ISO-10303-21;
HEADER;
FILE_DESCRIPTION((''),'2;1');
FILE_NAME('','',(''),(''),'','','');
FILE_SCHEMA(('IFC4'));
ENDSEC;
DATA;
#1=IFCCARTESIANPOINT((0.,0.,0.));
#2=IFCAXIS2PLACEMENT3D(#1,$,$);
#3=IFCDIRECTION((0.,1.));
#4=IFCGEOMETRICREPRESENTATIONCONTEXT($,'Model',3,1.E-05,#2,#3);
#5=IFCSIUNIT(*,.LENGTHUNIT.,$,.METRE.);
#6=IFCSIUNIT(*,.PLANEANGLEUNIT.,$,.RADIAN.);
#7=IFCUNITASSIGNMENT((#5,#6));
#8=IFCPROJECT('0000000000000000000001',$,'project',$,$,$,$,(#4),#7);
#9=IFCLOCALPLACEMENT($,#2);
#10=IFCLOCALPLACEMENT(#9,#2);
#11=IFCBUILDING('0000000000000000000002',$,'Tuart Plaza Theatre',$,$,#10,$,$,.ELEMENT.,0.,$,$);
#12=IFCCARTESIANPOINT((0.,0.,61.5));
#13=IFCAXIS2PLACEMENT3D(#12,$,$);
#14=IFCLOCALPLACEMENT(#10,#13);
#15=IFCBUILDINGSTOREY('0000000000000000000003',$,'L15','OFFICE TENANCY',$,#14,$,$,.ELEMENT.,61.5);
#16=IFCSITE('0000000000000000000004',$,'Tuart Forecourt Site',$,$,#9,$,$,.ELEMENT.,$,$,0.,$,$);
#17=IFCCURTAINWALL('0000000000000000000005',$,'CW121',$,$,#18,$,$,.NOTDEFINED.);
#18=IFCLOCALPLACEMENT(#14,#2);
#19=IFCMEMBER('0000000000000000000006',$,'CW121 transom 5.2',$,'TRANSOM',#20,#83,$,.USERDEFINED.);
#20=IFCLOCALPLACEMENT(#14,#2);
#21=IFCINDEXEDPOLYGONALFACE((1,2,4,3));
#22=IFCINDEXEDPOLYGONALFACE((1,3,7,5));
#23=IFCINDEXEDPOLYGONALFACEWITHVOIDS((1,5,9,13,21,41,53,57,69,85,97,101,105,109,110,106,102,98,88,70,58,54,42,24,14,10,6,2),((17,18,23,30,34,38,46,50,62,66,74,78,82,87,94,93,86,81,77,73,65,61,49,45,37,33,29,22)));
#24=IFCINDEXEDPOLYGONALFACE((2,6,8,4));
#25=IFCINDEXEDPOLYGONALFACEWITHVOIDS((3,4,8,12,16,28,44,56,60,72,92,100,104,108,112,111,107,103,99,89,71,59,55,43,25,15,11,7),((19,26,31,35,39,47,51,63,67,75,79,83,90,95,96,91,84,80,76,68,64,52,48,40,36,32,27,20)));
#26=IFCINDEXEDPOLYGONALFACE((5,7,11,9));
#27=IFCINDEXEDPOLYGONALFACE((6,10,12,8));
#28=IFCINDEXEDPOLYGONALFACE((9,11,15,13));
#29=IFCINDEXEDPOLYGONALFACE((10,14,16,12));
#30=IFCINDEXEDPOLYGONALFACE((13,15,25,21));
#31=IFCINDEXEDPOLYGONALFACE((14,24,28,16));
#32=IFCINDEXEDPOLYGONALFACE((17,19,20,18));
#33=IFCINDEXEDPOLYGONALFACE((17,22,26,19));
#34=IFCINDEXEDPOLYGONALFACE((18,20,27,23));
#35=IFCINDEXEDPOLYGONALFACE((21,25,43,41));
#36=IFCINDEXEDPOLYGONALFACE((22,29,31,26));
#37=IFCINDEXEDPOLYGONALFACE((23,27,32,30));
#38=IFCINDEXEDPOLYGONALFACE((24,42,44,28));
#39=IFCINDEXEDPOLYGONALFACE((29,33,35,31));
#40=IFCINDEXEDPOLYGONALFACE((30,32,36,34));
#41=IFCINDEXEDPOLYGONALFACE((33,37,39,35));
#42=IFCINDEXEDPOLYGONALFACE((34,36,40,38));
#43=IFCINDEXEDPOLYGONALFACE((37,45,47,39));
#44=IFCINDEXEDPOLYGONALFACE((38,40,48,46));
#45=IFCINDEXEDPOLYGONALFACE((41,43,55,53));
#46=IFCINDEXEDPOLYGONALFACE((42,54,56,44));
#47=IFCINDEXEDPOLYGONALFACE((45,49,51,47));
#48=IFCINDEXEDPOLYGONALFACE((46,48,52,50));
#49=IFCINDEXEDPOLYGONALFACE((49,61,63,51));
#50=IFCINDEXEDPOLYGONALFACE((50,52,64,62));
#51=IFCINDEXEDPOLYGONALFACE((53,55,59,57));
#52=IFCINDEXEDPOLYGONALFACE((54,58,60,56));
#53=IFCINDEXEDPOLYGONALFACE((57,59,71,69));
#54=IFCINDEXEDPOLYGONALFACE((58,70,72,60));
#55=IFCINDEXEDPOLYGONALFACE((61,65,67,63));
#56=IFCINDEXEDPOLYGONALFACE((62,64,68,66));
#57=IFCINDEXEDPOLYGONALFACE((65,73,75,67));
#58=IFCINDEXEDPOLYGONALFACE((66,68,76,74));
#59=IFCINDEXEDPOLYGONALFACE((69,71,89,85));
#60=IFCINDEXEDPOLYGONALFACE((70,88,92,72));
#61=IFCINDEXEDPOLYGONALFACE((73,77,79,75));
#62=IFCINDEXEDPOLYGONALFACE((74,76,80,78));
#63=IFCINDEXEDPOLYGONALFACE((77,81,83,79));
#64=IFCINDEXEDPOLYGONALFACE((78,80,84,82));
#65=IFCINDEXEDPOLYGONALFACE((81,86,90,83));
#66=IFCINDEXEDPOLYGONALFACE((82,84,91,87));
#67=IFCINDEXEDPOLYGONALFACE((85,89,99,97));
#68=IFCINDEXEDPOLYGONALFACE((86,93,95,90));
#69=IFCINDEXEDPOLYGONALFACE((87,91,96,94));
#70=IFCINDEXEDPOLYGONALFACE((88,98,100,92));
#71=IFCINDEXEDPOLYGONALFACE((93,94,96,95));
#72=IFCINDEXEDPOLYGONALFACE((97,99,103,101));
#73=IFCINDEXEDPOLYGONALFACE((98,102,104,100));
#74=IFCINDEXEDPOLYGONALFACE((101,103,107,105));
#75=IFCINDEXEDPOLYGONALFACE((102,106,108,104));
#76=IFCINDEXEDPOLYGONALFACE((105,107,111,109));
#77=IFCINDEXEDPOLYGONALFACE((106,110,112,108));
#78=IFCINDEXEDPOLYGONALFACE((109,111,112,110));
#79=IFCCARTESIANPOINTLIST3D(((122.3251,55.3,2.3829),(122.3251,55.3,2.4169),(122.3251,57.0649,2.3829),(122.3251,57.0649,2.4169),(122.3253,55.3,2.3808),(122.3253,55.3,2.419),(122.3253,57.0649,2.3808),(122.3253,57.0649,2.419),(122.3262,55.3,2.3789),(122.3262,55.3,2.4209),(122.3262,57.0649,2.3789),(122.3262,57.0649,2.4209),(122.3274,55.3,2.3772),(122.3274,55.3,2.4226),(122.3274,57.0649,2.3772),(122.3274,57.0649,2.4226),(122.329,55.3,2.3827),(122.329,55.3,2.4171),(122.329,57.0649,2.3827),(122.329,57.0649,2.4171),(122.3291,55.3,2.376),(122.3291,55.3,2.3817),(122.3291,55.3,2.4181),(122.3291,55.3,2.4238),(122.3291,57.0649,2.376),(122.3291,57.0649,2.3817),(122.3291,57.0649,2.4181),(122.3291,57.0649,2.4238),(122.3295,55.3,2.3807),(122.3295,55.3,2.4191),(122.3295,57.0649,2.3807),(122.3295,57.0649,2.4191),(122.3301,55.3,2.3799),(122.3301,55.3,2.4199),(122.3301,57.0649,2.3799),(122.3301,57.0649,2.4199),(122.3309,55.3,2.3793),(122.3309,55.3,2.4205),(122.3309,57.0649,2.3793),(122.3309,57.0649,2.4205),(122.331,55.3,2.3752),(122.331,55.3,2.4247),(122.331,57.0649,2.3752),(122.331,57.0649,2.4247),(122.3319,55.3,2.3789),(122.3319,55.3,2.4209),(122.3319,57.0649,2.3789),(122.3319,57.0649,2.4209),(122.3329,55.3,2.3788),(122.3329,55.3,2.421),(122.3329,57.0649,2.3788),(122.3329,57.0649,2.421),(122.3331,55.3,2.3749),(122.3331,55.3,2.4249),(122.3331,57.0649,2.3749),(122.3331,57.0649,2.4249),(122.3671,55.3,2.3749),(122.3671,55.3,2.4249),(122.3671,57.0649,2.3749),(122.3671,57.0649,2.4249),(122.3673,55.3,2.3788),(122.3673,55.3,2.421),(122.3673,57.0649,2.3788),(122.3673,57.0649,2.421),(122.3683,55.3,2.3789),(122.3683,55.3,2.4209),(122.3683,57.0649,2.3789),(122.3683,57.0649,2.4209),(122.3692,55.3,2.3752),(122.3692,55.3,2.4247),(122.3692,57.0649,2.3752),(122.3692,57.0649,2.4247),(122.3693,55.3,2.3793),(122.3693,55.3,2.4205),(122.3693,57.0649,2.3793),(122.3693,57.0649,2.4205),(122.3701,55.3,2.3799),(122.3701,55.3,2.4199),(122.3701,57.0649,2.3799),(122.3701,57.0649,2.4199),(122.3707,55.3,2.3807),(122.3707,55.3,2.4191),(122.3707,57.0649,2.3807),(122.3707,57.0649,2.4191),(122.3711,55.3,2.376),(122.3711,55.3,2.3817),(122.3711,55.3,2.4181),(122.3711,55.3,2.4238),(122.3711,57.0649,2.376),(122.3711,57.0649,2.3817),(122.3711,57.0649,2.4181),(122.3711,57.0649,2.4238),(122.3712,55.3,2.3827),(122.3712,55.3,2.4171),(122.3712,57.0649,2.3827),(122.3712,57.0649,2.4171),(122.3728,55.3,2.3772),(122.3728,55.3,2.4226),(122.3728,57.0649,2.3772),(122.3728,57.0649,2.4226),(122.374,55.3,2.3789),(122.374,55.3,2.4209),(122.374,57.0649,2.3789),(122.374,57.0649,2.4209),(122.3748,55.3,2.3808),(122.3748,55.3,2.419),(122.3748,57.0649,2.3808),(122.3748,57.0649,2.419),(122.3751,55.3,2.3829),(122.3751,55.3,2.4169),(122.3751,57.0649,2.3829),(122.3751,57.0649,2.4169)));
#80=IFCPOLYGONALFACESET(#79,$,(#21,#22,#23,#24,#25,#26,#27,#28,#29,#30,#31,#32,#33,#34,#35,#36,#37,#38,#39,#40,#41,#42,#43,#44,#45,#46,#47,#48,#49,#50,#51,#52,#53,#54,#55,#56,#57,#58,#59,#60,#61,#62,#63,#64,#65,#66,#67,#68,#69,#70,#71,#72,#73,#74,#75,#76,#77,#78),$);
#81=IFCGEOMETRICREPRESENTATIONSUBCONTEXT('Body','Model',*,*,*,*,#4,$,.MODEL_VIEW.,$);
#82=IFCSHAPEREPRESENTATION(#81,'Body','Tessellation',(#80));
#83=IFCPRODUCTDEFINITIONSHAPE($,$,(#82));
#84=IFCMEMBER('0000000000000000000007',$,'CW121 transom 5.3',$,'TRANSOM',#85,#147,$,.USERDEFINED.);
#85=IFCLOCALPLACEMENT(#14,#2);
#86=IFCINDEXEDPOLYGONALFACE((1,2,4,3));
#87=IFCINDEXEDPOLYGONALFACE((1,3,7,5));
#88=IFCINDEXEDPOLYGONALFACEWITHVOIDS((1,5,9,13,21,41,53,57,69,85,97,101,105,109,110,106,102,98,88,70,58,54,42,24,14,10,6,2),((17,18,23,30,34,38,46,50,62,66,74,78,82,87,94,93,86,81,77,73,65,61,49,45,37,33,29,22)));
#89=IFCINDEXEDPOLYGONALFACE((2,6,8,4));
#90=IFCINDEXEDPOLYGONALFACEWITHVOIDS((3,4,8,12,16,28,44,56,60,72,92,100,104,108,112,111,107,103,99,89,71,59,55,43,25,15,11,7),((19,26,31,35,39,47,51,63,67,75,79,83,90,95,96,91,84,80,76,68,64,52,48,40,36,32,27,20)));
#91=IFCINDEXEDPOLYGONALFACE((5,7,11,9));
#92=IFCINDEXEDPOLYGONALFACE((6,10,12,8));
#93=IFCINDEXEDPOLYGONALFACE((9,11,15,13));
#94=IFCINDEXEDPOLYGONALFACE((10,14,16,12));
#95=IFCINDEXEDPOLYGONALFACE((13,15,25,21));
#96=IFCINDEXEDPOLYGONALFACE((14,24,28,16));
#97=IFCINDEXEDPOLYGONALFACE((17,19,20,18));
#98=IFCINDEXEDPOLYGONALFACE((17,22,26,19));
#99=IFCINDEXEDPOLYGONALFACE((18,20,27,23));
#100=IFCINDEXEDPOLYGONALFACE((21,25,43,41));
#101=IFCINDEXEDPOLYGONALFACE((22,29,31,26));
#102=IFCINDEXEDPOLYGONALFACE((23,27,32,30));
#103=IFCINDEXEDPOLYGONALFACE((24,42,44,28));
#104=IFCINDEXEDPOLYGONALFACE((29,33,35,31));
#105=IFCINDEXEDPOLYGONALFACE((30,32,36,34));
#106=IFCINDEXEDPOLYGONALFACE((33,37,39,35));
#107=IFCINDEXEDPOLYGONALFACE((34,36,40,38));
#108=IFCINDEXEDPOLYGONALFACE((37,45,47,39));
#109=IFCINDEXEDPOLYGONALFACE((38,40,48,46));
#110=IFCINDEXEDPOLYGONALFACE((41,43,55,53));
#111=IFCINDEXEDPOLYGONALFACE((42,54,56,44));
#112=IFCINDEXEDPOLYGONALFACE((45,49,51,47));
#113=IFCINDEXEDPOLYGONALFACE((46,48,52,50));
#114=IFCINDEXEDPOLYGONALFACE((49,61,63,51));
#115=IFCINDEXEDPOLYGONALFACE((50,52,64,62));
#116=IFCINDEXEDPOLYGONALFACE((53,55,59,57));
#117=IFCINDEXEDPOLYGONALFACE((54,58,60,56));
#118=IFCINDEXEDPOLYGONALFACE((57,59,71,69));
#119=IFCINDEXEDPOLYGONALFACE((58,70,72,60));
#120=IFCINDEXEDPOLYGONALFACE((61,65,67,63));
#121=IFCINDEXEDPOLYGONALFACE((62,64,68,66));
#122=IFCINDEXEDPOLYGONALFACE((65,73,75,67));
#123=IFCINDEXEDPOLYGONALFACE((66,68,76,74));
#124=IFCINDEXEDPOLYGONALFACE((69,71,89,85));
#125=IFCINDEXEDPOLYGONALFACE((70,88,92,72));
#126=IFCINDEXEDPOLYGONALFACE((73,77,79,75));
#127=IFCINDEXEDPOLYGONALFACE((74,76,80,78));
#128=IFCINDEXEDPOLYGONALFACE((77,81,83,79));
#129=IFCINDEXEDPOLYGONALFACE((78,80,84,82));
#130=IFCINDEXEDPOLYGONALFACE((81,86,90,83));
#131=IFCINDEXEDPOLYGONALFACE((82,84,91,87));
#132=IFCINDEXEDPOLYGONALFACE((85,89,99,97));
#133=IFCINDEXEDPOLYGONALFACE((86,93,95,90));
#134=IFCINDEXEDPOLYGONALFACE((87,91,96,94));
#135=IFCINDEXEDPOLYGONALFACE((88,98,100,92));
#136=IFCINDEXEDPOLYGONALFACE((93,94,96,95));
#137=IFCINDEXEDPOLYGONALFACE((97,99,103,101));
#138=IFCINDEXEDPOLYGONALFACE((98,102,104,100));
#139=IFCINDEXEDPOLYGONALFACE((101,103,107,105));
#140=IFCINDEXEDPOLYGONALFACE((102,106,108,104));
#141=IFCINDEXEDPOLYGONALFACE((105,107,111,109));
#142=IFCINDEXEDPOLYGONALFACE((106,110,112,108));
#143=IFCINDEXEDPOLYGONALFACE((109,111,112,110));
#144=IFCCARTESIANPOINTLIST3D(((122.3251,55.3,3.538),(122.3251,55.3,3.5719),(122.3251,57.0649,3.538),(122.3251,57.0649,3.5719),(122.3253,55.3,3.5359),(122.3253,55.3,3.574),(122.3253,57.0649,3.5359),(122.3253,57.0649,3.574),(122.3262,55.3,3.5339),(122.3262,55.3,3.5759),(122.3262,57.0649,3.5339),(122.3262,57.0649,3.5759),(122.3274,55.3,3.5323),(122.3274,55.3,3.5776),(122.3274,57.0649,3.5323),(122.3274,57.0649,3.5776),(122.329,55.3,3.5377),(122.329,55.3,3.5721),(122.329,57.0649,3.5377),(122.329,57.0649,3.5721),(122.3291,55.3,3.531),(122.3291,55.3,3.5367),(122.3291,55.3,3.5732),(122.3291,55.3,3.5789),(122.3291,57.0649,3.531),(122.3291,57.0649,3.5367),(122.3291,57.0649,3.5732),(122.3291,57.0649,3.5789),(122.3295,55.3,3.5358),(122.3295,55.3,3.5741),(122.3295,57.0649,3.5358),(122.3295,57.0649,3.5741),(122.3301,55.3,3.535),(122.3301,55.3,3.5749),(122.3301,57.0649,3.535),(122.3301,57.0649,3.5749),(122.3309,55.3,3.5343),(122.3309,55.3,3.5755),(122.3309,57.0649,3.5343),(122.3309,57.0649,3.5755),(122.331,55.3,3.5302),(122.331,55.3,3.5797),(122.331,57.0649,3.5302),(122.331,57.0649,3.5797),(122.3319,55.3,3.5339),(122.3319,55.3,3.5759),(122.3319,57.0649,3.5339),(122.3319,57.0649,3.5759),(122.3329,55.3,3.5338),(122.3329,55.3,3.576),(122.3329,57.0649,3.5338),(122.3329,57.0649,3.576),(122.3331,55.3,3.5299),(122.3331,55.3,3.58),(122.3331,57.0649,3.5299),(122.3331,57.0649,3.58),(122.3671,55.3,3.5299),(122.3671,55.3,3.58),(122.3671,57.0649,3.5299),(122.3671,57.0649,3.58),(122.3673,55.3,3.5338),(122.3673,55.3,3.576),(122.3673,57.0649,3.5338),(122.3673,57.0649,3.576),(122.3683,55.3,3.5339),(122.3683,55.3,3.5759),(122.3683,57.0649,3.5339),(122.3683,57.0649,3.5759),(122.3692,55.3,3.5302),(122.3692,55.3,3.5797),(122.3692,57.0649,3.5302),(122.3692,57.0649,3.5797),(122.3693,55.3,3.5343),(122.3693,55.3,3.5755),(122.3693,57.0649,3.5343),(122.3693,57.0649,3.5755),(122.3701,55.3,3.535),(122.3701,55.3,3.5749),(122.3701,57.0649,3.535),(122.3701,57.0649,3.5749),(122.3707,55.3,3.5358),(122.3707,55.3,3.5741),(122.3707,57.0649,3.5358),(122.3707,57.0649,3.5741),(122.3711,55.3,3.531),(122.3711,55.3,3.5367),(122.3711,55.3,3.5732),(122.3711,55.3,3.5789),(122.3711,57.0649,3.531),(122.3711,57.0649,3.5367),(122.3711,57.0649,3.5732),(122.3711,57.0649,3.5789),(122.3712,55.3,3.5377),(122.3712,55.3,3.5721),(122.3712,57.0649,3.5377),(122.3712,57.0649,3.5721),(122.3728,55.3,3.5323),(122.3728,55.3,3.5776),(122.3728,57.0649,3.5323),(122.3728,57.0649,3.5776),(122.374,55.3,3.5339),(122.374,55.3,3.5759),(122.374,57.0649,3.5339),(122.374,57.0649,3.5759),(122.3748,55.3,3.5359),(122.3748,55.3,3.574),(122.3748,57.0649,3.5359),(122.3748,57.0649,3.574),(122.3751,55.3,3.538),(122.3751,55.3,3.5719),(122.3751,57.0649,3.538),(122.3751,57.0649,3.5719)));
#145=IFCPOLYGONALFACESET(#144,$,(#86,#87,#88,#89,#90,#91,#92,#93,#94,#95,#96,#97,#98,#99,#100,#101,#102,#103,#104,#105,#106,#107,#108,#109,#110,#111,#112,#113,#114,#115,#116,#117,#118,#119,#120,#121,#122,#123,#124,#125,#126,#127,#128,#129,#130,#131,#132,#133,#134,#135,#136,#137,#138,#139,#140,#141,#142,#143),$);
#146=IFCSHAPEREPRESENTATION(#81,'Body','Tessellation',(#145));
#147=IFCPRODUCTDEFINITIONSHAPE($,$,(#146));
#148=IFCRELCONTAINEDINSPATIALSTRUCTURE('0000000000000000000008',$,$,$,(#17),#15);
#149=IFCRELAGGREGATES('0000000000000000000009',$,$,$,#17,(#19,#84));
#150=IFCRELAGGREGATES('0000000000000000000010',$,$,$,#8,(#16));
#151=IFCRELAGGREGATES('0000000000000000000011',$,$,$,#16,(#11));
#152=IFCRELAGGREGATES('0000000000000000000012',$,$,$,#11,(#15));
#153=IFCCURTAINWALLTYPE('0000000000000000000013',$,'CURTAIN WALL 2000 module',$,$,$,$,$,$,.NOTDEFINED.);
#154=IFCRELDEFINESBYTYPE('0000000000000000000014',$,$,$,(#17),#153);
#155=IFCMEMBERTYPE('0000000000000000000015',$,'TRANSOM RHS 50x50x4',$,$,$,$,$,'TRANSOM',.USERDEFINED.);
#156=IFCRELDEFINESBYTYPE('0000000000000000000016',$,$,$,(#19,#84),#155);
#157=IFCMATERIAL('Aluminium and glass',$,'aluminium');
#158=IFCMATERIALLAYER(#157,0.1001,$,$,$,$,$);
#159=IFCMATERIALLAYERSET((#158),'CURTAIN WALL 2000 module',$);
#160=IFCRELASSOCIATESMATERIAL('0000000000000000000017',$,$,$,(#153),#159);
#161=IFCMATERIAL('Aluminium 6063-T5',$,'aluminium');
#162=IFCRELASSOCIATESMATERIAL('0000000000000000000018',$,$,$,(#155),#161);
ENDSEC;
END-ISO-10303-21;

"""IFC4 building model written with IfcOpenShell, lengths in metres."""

from ifc_helpers import new_model, si_unit, direction, frame, origin, origin_2d, place, context, subcontext, project, spatial, hollow_rectangle, extrude, material, layer, layer_set, material_profile, profile_set, type_object, element, aggregate, save


model = new_model("IFC4")

# Units and contexts
model_context = context("Model", 3, precision=1e-05, world=origin(), true_north=direction((0.0, 1.0)))
body_context = subcontext(model_context, "Body", "Model", "MODEL_VIEW")
ifc_project = project(units=[si_unit("LENGTHUNIT", "METRE"), si_unit("PLANEANGLEUNIT", "RADIAN")], contexts=[model_context])

# Site, building, storey
site_placement = place(None, origin())
site = spatial("IfcSite", under=ifc_project, at=site_placement, Name="Tuart Forecourt Site", CompositionType="ELEMENT", RefElevation=0.0)
building_placement = place(site_placement, origin())
building = spatial("IfcBuilding", under=site, at=building_placement, Name="Tuart Plaza Theatre", CompositionType="ELEMENT", ElevationOfRefHeight=0.0)
storey_placement = place(building_placement, frame((0.0, 0.0, 61.5)))
storey = spatial("IfcBuildingStorey", under=building, at=storey_placement, Name="L15", Description="OFFICE TENANCY", CompositionType="ELEMENT", Elevation=61.5)

# Curtain wall
ifc_material_1 = material(Name="Aluminium and glass", Category="aluminium")
ifc_layer_1 = layer(ifc_material_1, 0.1001)
ifc_layer_set_1 = layer_set([ifc_layer_1], Name="CURTAIN WALL 2000 module")
curtain_wall_type = type_object("IfcCurtainWallType", Name="CURTAIN WALL 2000 module", PredefinedType="NOTDEFINED", material=ifc_layer_set_1)
curtain_wall_1_placement = place(storey_placement, origin())
curtain_wall_1 = element("IfcCurtainWall", 1, at=curtain_wall_1_placement, inside=storey, type_object=curtain_wall_type, Name="CW121", PredefinedType="NOTDEFINED")

# Members
ifc_material_2 = material(Name="Aluminium 6063-T5", Category="aluminium")
ifc_material_profile_1 = material_profile(ifc_material_2, hollow_rectangle(XDim=0.05, YDim=0.05, WallThickness=0.0039, InnerFilletRadius=0.0039, OuterFilletRadius=0.0081, at=origin_2d()), Name="RHS 50x50x4")
ifc_profile_set_1 = profile_set([ifc_material_profile_1], Name="Aluminium 6063-T5")
member_type_1 = type_object("IfcMemberType", Name="TRANSOM RHS 50x50x4", ElementType="TRANSOM", PredefinedType="USERDEFINED", material=ifc_profile_set_1)
member_1_placement = place(storey_placement, frame((122.3501, 57.0649, 2.3999), z_axis=(0.0, -1.0, 0.0), x_axis=(1.0, 0.0, 0.0)))
member_1 = element("IfcMember", 2, at=member_1_placement, type_object=member_type_1, Name="CW121 transom 5.2", ObjectType="TRANSOM", PredefinedType="USERDEFINED", context=body_context, shape_type="SweptSolid", body=[
    extrude(hollow_rectangle(XDim=0.05, YDim=0.05, WallThickness=0.0039, InnerFilletRadius=0.0039, OuterFilletRadius=0.0081, at=origin_2d()), origin(), (0.0, 0.0, 1.0), 1.7649),
])
member_2_placement = place(storey_placement, frame((122.3501, 57.0649, 3.5549), z_axis=(0.0, -1.0, 0.0), x_axis=(1.0, 0.0, 0.0)))
member_2 = element("IfcMember", 3, at=member_2_placement, type_object=member_type_1, Name="CW121 transom 5.3", ObjectType="TRANSOM", PredefinedType="USERDEFINED", context=body_context, shape_type="SweptSolid", body=[
    extrude(hollow_rectangle(XDim=0.05, YDim=0.05, WallThickness=0.0039, InnerFilletRadius=0.0039, OuterFilletRadius=0.0081, at=origin_2d()), origin(), (0.0, 0.0, 1.0), 1.7649),
])

aggregate(curtain_wall_1, [member_1, member_2])

save(model, "model.ifc")
